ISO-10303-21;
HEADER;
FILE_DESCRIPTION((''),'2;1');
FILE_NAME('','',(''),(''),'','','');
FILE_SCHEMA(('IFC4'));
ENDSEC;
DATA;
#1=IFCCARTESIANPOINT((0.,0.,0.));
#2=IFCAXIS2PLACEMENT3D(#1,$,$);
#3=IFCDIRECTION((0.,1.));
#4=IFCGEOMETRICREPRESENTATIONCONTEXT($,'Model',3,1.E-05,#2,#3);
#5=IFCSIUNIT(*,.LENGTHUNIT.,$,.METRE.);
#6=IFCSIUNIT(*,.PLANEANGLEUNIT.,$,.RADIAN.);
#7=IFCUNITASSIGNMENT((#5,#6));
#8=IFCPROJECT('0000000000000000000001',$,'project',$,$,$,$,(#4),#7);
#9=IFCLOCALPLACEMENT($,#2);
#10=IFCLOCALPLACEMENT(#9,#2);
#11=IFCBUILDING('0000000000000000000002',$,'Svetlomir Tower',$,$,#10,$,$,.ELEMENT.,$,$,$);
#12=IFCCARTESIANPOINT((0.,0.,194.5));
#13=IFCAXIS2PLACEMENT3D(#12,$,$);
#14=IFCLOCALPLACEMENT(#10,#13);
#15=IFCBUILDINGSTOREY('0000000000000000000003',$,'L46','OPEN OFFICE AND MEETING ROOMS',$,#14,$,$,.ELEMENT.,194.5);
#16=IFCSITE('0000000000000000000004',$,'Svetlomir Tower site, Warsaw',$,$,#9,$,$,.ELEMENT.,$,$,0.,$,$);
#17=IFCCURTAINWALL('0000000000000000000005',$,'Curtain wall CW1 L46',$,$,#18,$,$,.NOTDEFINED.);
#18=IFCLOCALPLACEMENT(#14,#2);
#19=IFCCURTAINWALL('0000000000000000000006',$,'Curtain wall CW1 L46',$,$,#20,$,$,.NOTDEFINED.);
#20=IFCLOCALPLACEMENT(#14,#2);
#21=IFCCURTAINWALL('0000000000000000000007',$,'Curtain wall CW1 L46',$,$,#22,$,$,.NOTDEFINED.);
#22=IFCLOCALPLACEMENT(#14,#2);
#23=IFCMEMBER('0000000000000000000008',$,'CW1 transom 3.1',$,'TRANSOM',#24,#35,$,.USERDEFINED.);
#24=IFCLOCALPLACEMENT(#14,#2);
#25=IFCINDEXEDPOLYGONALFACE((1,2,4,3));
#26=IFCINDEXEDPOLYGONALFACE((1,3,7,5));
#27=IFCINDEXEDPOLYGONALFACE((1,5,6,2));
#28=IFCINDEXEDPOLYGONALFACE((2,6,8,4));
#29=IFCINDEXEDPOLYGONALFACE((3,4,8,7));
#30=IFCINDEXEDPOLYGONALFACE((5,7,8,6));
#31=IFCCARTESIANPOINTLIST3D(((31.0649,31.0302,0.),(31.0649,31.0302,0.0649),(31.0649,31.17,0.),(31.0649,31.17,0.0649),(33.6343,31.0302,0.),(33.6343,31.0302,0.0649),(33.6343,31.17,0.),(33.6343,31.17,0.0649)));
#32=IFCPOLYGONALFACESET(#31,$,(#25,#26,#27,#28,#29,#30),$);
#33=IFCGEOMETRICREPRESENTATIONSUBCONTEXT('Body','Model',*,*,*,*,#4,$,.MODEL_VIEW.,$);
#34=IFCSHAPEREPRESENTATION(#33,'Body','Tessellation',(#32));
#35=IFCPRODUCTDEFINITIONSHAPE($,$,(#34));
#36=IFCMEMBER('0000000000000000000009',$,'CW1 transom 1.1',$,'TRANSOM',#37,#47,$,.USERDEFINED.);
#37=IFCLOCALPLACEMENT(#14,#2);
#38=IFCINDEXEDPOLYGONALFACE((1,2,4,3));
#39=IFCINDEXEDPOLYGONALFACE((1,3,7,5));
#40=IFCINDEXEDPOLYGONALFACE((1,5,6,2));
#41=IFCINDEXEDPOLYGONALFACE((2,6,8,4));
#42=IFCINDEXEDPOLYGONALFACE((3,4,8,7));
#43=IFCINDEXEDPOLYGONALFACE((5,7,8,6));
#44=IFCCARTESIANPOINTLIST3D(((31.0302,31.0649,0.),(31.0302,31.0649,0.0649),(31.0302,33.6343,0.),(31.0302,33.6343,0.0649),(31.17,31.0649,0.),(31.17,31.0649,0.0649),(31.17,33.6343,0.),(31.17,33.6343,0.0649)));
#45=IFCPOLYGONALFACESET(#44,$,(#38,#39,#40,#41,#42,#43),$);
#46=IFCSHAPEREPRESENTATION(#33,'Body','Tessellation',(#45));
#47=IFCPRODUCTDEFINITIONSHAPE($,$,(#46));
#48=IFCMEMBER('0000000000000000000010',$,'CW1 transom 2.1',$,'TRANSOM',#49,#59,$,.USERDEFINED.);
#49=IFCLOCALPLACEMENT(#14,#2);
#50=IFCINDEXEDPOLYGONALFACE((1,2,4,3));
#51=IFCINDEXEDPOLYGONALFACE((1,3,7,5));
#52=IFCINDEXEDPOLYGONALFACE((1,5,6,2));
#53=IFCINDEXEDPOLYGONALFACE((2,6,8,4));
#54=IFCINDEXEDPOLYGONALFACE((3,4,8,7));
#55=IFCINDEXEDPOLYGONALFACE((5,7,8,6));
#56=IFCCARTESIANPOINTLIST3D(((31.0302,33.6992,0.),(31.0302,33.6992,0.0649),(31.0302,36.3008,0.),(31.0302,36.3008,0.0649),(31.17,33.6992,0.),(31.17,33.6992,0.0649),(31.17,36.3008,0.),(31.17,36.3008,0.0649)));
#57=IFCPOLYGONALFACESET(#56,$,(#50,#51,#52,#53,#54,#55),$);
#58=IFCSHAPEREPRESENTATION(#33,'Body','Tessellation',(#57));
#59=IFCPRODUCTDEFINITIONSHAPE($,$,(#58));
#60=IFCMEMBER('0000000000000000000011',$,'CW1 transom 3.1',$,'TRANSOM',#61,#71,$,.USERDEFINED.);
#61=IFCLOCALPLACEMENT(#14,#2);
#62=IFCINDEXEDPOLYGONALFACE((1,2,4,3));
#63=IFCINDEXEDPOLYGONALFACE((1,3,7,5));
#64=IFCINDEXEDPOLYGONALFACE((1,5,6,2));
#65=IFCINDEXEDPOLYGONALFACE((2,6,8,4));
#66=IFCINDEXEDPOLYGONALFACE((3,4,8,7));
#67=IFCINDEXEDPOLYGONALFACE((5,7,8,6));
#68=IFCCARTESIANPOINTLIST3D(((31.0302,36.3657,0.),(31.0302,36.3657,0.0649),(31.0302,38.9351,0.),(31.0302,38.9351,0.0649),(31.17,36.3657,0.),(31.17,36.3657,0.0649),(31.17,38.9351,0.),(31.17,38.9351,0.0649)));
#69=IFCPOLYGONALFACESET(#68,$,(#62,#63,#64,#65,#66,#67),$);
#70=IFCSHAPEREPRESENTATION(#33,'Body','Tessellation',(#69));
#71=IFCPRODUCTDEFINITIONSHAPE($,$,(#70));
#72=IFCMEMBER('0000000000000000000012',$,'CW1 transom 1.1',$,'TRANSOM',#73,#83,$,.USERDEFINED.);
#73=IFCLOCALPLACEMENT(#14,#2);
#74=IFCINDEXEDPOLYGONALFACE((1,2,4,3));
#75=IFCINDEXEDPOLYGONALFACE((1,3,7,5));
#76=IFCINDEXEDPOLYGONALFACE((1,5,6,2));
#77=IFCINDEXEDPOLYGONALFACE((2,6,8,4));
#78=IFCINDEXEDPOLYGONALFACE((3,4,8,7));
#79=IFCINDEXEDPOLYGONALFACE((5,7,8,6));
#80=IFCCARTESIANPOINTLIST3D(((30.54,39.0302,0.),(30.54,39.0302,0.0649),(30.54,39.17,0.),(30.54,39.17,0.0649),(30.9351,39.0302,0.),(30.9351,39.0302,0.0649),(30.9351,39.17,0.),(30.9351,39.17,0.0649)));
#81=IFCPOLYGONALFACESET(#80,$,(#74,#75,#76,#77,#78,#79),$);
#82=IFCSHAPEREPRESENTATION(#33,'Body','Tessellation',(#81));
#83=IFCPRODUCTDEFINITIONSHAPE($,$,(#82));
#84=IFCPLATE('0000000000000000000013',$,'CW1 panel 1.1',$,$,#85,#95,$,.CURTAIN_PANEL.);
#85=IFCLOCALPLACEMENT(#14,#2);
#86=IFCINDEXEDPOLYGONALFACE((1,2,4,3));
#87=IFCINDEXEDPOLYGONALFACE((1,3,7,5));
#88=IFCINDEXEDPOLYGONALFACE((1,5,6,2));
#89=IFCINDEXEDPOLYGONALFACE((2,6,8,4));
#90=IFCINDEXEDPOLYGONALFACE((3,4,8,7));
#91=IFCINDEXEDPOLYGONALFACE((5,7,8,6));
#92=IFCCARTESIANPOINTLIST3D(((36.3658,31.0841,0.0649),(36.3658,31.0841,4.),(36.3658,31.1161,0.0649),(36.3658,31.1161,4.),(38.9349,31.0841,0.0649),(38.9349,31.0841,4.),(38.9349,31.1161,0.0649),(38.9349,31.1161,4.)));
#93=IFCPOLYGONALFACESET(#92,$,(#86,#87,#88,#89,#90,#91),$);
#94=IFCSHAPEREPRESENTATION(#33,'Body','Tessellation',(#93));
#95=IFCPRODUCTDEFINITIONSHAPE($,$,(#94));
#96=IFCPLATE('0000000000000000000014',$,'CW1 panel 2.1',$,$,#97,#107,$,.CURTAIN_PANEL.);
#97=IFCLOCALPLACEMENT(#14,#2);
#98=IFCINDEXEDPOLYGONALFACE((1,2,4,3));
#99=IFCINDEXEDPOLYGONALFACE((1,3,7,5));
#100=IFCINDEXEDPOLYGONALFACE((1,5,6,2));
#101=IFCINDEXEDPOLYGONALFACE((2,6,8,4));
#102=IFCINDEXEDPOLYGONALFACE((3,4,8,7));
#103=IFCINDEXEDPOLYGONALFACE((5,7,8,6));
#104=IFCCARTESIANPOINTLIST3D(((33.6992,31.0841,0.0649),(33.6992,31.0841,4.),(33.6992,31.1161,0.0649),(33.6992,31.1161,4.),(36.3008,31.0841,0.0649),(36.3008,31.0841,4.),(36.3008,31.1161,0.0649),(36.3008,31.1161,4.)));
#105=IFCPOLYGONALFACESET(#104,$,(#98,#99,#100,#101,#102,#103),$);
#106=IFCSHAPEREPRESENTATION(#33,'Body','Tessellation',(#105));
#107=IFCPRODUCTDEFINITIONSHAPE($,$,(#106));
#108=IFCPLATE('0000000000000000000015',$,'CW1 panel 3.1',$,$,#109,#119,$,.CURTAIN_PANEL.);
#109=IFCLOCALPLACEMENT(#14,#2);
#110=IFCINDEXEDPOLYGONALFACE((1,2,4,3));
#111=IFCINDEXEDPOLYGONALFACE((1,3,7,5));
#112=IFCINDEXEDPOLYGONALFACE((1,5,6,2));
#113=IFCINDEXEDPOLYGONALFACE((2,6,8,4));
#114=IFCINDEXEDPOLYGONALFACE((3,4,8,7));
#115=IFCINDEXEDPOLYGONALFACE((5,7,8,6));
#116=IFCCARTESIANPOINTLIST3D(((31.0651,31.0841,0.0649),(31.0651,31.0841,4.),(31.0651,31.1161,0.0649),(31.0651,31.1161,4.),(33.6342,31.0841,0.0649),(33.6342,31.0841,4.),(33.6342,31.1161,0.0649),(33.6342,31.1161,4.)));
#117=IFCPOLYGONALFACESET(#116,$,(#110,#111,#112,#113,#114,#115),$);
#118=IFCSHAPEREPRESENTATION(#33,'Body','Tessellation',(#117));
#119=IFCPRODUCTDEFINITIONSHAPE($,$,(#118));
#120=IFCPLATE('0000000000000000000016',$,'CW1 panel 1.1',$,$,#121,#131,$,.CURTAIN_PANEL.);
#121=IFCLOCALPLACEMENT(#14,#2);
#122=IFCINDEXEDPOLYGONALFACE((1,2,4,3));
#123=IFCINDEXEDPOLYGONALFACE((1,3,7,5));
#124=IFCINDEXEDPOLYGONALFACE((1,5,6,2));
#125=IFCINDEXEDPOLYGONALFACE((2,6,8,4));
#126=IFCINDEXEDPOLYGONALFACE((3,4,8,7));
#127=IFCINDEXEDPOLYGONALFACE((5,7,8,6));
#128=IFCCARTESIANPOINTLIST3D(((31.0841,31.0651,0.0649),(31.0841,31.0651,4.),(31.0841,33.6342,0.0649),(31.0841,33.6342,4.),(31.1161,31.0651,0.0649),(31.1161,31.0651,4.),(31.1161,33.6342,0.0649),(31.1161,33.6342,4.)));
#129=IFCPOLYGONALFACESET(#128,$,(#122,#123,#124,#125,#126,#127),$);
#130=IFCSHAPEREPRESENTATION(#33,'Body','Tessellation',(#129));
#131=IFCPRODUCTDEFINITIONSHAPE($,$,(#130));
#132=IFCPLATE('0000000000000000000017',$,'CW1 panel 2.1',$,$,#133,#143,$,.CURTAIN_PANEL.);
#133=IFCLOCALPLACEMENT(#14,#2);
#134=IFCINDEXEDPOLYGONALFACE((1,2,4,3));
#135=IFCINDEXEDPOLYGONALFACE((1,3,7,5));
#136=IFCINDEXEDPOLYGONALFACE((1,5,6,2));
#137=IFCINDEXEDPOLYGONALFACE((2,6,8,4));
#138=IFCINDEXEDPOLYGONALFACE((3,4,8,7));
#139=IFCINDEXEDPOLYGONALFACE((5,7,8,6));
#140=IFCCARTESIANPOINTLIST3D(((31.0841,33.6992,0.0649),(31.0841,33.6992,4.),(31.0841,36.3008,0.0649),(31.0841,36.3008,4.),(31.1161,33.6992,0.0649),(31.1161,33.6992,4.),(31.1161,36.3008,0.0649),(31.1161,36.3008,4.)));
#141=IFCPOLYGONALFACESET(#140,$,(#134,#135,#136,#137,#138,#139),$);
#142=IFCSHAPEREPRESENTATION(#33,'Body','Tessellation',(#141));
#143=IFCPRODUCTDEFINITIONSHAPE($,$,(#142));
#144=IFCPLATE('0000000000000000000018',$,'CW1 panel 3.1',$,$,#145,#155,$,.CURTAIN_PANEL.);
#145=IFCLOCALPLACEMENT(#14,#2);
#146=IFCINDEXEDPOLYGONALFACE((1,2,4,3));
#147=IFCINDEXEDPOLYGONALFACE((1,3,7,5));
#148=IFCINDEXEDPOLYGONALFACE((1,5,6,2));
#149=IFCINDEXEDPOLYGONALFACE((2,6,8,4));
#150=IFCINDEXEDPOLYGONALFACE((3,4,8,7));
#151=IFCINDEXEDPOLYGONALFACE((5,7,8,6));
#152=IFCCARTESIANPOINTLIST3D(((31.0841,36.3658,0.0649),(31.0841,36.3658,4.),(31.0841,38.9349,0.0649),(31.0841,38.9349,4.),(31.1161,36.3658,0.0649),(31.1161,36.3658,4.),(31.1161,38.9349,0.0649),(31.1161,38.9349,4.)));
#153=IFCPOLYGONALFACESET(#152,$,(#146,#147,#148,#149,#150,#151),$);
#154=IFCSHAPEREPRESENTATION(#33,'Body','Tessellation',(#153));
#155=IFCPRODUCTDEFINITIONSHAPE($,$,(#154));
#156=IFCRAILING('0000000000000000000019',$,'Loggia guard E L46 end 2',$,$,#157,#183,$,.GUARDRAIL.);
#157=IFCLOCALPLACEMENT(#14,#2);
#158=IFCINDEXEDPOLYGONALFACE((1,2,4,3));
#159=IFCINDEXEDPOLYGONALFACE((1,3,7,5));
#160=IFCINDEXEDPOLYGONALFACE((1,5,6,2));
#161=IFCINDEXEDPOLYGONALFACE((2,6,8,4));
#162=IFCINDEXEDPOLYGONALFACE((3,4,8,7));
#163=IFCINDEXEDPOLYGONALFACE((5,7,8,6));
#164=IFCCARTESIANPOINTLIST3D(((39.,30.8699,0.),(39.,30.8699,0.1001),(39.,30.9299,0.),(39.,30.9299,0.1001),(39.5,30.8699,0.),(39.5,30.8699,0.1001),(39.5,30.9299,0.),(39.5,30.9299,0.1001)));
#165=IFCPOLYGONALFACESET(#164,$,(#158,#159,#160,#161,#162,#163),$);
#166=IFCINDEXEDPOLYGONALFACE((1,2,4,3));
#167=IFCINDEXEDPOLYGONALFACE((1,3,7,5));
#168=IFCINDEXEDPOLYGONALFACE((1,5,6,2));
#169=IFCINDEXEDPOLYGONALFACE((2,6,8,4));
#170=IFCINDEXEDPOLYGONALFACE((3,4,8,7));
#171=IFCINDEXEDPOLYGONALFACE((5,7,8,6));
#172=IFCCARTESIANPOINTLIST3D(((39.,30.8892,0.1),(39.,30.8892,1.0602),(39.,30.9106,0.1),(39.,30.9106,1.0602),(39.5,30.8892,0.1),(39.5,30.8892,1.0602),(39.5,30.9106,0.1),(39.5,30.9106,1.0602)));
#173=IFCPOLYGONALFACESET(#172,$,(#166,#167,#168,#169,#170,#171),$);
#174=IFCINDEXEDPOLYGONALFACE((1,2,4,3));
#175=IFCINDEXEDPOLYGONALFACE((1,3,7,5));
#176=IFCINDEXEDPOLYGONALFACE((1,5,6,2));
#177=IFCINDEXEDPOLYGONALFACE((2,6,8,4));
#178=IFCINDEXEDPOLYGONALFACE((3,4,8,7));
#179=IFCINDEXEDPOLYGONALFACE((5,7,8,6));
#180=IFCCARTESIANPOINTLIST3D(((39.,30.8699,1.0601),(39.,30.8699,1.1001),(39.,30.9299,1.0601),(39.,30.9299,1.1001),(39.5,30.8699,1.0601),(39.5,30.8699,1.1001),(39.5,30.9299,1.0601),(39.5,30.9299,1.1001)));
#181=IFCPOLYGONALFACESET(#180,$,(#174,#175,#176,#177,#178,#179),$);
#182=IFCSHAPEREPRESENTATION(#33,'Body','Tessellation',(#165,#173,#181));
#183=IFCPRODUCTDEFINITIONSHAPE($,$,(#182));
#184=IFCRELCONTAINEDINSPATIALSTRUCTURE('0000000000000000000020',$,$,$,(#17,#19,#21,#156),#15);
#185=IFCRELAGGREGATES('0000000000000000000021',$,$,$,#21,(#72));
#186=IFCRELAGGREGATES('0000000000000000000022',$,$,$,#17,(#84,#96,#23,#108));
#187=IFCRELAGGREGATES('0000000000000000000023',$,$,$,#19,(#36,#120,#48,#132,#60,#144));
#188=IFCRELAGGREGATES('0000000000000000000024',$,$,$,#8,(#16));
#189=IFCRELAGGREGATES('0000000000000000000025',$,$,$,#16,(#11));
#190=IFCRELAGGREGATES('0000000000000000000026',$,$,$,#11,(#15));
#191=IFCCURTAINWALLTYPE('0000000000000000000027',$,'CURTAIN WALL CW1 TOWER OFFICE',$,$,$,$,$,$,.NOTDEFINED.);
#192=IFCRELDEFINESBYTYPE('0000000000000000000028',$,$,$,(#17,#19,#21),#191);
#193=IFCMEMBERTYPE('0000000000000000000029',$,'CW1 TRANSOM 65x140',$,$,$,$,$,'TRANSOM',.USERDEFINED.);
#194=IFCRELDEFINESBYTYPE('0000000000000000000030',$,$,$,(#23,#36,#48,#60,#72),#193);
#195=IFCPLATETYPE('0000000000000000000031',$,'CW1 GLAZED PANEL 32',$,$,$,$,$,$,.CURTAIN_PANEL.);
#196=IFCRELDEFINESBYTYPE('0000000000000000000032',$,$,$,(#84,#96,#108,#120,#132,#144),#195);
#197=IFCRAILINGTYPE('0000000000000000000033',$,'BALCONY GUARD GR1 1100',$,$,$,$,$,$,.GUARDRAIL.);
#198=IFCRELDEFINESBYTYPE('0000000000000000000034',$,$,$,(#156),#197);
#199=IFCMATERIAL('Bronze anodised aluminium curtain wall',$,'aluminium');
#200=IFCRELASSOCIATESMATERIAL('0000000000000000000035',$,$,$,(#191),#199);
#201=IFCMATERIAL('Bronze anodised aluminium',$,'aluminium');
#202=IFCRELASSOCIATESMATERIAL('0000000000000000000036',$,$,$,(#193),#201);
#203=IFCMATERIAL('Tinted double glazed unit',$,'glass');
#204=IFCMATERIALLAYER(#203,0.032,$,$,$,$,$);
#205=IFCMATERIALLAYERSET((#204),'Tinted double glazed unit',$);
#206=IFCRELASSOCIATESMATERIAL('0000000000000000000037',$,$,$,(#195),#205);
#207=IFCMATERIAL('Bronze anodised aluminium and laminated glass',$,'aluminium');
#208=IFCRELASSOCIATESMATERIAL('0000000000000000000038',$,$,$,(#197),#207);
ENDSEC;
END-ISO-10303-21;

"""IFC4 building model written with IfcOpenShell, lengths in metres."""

from ifc_helpers import new_model, si_unit, direction, frame, origin, origin_2d, place, context, subcontext, project, spatial, rectangle, extrude, material, layer, layer_set, material_profile, profile_set, type_object, element, aggregate, save


model = new_model("IFC4")

# Units and contexts
model_context = context("Model", 3, precision=1e-05, world=origin(), true_north=direction((0.0, 1.0)))
body_context = subcontext(model_context, "Body", "Model", "MODEL_VIEW")
ifc_project = project(units=[si_unit("LENGTHUNIT", "METRE"), si_unit("PLANEANGLEUNIT", "RADIAN")], contexts=[model_context])

# Site, building, storey
site_placement = place(None, origin())
site = spatial("IfcSite", under=ifc_project, at=site_placement, Name="Svetlomir Tower site, Warsaw", CompositionType="ELEMENT", RefElevation=0.0)
building_placement = place(site_placement, origin())
building = spatial("IfcBuilding", under=site, at=building_placement, Name="Svetlomir Tower", CompositionType="ELEMENT")
storey_placement = place(building_placement, frame((0.0, 0.0, 194.5)))
storey = spatial("IfcBuildingStorey", under=building, at=storey_placement, Name="L46", Description="OPEN OFFICE AND MEETING ROOMS", CompositionType="ELEMENT", Elevation=194.5)

# Curtain walls
ifc_material_1 = material(Name="Bronze anodised aluminium curtain wall", Category="aluminium")
curtain_wall_type = type_object("IfcCurtainWallType", Name="CURTAIN WALL CW1 TOWER OFFICE", PredefinedType="NOTDEFINED", material=ifc_material_1)
curtain_wall_1_placement = place(storey_placement, origin())
curtain_wall_1 = element("IfcCurtainWall", 1, at=curtain_wall_1_placement, inside=storey, type_object=curtain_wall_type, Name="Curtain wall CW1 L46", PredefinedType="NOTDEFINED")
curtain_wall_2_placement = place(storey_placement, origin())
curtain_wall_2 = element("IfcCurtainWall", 2, at=curtain_wall_2_placement, inside=storey, type_object=curtain_wall_type, Name="Curtain wall CW1 L46", PredefinedType="NOTDEFINED")

# Curtain wall
curtain_wall_3_placement = place(storey_placement, origin())
curtain_wall_3 = element("IfcCurtainWall", 3, at=curtain_wall_3_placement, inside=storey, type_object=curtain_wall_type, Name="Curtain wall CW1 L46", PredefinedType="NOTDEFINED")

# Members
ifc_material_2 = material(Name="Bronze anodised aluminium", Category="aluminium")
ifc_material_profile_1 = material_profile(ifc_material_2, rectangle(XDim=0.1399, YDim=0.0649, at=origin_2d()), Name="AL 140x65")
ifc_profile_set_1 = profile_set([ifc_material_profile_1], Name="Bronze anodised aluminium 6063-T6")
member_type_1 = type_object("IfcMemberType", Name="CW1 TRANSOM 65x140", ElementType="TRANSOM", PredefinedType="USERDEFINED", material=ifc_profile_set_1)
member_1_placement = place(storey_placement, frame((33.6343, 31.1001, 0.0325), z_axis=(-1.0, 0.0, 0.0), x_axis=(0.0, -1.0, 0.0)))
member_1 = element("IfcMember", 4, at=member_1_placement, type_object=member_type_1, Name="CW1 transom 3.1", ObjectType="TRANSOM", PredefinedType="USERDEFINED", context=body_context, shape_type="SweptSolid", body=[
    extrude(rectangle(XDim=0.1399, YDim=0.0649, at=origin_2d()), origin(), (0.0, 0.0, 1.0), 2.5693),
])
member_2_placement = place(storey_placement, frame((31.1001, 31.0649, 0.0325), z_axis=(0.0, 1.0, 0.0), x_axis=(-1.0, 0.0, 0.0)))
member_2 = element("IfcMember", 5, at=member_2_placement, type_object=member_type_1, Name="CW1 transom 1.1", ObjectType="TRANSOM", PredefinedType="USERDEFINED", context=body_context, shape_type="SweptSolid", body=[
    extrude(rectangle(XDim=0.1399, YDim=0.0649, at=origin_2d()), origin(), (0.0, 0.0, 1.0), 2.5693),
])
member_3_placement = place(storey_placement, frame((31.1001, 33.6992, 0.0325), z_axis=(0.0, 1.0, 0.0), x_axis=(-1.0, 0.0, 0.0)))
member_3 = element("IfcMember", 6, at=member_3_placement, type_object=member_type_1, Name="CW1 transom 2.1", ObjectType="TRANSOM", PredefinedType="USERDEFINED", context=body_context, shape_type="SweptSolid", body=[
    extrude(rectangle(XDim=0.1399, YDim=0.0649, at=origin_2d()), origin(), (0.0, 0.0, 1.0), 2.6016),
])
member_4_placement = place(storey_placement, frame((31.1001, 36.3657, 0.0325), z_axis=(0.0, 1.0, 0.0), x_axis=(-1.0, 0.0, 0.0)))
member_4 = element("IfcMember", 7, at=member_4_placement, type_object=member_type_1, Name="CW1 transom 3.1", ObjectType="TRANSOM", PredefinedType="USERDEFINED", context=body_context, shape_type="SweptSolid", body=[
    extrude(rectangle(XDim=0.1399, YDim=0.0649, at=origin_2d()), origin(), (0.0, 0.0, 1.0), 2.5693),
])
member_5_placement = place(storey_placement, frame((30.9351, 39.1001, 0.0325), z_axis=(-1.0, 0.0, 0.0), x_axis=(0.0, -1.0, 0.0)))
member_5 = element("IfcMember", 8, at=member_5_placement, type_object=member_type_1, Name="CW1 transom 1.1", ObjectType="TRANSOM", PredefinedType="USERDEFINED", context=body_context, shape_type="SweptSolid", body=[
    extrude(rectangle(XDim=0.1399, YDim=0.0649, at=origin_2d()), origin(), (0.0, 0.0, 1.0), 0.395),
])
aggregate(curtain_wall_3, [member_5])

# Plates
ifc_material_3 = material(Name="Tinted double glazed unit", Category="glass")
ifc_layer = layer(ifc_material_3, 0.032)
ifc_layer_set = layer_set([ifc_layer], Name="Tinted double glazed unit")
plate_type = type_object("IfcPlateType", Name="CW1 GLAZED PANEL 32", PredefinedType="CURTAIN_PANEL", material=ifc_layer_set)
plate_1_placement = place(storey_placement, frame((37.6504, 31.1001, 0.0649), z_axis=(0.0, 0.0, 1.0), x_axis=(-1.0, 0.0, 0.0)))
plate_1 = element("IfcPlate", 9, at=plate_1_placement, type_object=plate_type, Name="CW1 panel 1.1", PredefinedType="CURTAIN_PANEL", context=body_context, shape_type="SweptSolid", body=[
    extrude(rectangle(XDim=2.5691, YDim=0.032, at=origin_2d()), origin(), (0.0, 0.0, 1.0), 3.9351),
])
plate_2_placement = place(storey_placement, frame((35.0, 31.1001, 0.0649), z_axis=(0.0, 0.0, 1.0), x_axis=(-1.0, 0.0, 0.0)))
plate_2 = element("IfcPlate", 10, at=plate_2_placement, type_object=plate_type, Name="CW1 panel 2.1", PredefinedType="CURTAIN_PANEL", context=body_context, shape_type="SweptSolid", body=[
    extrude(rectangle(XDim=2.6016, YDim=0.032, at=origin_2d()), origin(), (0.0, 0.0, 1.0), 3.9351),
])
plate_3_placement = place(storey_placement, frame((32.3496, 31.1001, 0.0649), z_axis=(0.0, 0.0, 1.0), x_axis=(-1.0, 0.0, 0.0)))
plate_3 = element("IfcPlate", 11, at=plate_3_placement, type_object=plate_type, Name="CW1 panel 3.1", PredefinedType="CURTAIN_PANEL", context=body_context, shape_type="SweptSolid", body=[
    extrude(rectangle(XDim=2.5691, YDim=0.032, at=origin_2d()), origin(), (0.0, 0.0, 1.0), 3.9351),
])
aggregate(curtain_wall_1, [plate_1, plate_2, member_1, plate_3])
plate_4_placement = place(storey_placement, frame((31.1001, 32.3496, 0.0649), z_axis=(0.0, 0.0, 1.0), x_axis=(0.0, 1.0, 0.0)))
plate_4 = element("IfcPlate", 12, at=plate_4_placement, type_object=plate_type, Name="CW1 panel 1.1", PredefinedType="CURTAIN_PANEL", context=body_context, shape_type="SweptSolid", body=[
    extrude(rectangle(XDim=2.5691, YDim=0.032, at=origin_2d()), origin(), (0.0, 0.0, 1.0), 3.9351),
])
plate_5_placement = place(storey_placement, frame((31.1001, 35.0, 0.0649), z_axis=(0.0, 0.0, 1.0), x_axis=(0.0, 1.0, 0.0)))
plate_5 = element("IfcPlate", 13, at=plate_5_placement, type_object=plate_type, Name="CW1 panel 2.1", PredefinedType="CURTAIN_PANEL", context=body_context, shape_type="SweptSolid", body=[
    extrude(rectangle(XDim=2.6016, YDim=0.032, at=origin_2d()), origin(), (0.0, 0.0, 1.0), 3.9351),
])
plate_6_placement = place(storey_placement, frame((31.1001, 37.6504, 0.0649), z_axis=(0.0, 0.0, 1.0), x_axis=(0.0, 1.0, 0.0)))
plate_6 = element("IfcPlate", 14, at=plate_6_placement, type_object=plate_type, Name="CW1 panel 3.1", PredefinedType="CURTAIN_PANEL", context=body_context, shape_type="SweptSolid", body=[
    extrude(rectangle(XDim=2.5691, YDim=0.032, at=origin_2d()), origin(), (0.0, 0.0, 1.0), 3.9351),
])
aggregate(curtain_wall_2, [member_2, plate_4, member_3, plate_5, member_4, plate_6])

# Railing
ifc_material_4 = material(Name="Bronze anodised aluminium and laminated glass", Category="aluminium")
railing_type = type_object("IfcRailingType", Name="BALCONY GUARD GR1 1100", PredefinedType="GUARDRAIL", material=ifc_material_4)
railing_1_placement = place(storey_placement, frame((39.5, 30.8999, 0.0)))
element("IfcRailing", 15, at=railing_1_placement, inside=storey, type_object=railing_type, Name="Loggia guard E L46 end 2", PredefinedType="GUARDRAIL", context=body_context, shape_type="SweptSolid", body=[
    extrude(rectangle(XDim=0.0601, YDim=0.1001, at=origin_2d()), frame((0.0, 0.0, 0.05), z_axis=(-1.0, 0.0, 0.0), x_axis=(0.0, -1.0, 0.0)), (0.0, 0.0, 1.0), 0.5),
    extrude(rectangle(XDim=0.0215, YDim=0.9602, at=origin_2d()), frame((0.0, 0.0, 0.5801), z_axis=(-1.0, 0.0, 0.0), x_axis=(0.0, -1.0, 0.0)), (0.0, 0.0, 1.0), 0.5),
    extrude(rectangle(XDim=0.0601, YDim=0.04, at=origin_2d()), frame((0.0, 0.0, 1.0801), z_axis=(-1.0, 0.0, 0.0), x_axis=(0.0, -1.0, 0.0)), (0.0, 0.0, 1.0), 0.5),
])

save(model, "model.ifc")
